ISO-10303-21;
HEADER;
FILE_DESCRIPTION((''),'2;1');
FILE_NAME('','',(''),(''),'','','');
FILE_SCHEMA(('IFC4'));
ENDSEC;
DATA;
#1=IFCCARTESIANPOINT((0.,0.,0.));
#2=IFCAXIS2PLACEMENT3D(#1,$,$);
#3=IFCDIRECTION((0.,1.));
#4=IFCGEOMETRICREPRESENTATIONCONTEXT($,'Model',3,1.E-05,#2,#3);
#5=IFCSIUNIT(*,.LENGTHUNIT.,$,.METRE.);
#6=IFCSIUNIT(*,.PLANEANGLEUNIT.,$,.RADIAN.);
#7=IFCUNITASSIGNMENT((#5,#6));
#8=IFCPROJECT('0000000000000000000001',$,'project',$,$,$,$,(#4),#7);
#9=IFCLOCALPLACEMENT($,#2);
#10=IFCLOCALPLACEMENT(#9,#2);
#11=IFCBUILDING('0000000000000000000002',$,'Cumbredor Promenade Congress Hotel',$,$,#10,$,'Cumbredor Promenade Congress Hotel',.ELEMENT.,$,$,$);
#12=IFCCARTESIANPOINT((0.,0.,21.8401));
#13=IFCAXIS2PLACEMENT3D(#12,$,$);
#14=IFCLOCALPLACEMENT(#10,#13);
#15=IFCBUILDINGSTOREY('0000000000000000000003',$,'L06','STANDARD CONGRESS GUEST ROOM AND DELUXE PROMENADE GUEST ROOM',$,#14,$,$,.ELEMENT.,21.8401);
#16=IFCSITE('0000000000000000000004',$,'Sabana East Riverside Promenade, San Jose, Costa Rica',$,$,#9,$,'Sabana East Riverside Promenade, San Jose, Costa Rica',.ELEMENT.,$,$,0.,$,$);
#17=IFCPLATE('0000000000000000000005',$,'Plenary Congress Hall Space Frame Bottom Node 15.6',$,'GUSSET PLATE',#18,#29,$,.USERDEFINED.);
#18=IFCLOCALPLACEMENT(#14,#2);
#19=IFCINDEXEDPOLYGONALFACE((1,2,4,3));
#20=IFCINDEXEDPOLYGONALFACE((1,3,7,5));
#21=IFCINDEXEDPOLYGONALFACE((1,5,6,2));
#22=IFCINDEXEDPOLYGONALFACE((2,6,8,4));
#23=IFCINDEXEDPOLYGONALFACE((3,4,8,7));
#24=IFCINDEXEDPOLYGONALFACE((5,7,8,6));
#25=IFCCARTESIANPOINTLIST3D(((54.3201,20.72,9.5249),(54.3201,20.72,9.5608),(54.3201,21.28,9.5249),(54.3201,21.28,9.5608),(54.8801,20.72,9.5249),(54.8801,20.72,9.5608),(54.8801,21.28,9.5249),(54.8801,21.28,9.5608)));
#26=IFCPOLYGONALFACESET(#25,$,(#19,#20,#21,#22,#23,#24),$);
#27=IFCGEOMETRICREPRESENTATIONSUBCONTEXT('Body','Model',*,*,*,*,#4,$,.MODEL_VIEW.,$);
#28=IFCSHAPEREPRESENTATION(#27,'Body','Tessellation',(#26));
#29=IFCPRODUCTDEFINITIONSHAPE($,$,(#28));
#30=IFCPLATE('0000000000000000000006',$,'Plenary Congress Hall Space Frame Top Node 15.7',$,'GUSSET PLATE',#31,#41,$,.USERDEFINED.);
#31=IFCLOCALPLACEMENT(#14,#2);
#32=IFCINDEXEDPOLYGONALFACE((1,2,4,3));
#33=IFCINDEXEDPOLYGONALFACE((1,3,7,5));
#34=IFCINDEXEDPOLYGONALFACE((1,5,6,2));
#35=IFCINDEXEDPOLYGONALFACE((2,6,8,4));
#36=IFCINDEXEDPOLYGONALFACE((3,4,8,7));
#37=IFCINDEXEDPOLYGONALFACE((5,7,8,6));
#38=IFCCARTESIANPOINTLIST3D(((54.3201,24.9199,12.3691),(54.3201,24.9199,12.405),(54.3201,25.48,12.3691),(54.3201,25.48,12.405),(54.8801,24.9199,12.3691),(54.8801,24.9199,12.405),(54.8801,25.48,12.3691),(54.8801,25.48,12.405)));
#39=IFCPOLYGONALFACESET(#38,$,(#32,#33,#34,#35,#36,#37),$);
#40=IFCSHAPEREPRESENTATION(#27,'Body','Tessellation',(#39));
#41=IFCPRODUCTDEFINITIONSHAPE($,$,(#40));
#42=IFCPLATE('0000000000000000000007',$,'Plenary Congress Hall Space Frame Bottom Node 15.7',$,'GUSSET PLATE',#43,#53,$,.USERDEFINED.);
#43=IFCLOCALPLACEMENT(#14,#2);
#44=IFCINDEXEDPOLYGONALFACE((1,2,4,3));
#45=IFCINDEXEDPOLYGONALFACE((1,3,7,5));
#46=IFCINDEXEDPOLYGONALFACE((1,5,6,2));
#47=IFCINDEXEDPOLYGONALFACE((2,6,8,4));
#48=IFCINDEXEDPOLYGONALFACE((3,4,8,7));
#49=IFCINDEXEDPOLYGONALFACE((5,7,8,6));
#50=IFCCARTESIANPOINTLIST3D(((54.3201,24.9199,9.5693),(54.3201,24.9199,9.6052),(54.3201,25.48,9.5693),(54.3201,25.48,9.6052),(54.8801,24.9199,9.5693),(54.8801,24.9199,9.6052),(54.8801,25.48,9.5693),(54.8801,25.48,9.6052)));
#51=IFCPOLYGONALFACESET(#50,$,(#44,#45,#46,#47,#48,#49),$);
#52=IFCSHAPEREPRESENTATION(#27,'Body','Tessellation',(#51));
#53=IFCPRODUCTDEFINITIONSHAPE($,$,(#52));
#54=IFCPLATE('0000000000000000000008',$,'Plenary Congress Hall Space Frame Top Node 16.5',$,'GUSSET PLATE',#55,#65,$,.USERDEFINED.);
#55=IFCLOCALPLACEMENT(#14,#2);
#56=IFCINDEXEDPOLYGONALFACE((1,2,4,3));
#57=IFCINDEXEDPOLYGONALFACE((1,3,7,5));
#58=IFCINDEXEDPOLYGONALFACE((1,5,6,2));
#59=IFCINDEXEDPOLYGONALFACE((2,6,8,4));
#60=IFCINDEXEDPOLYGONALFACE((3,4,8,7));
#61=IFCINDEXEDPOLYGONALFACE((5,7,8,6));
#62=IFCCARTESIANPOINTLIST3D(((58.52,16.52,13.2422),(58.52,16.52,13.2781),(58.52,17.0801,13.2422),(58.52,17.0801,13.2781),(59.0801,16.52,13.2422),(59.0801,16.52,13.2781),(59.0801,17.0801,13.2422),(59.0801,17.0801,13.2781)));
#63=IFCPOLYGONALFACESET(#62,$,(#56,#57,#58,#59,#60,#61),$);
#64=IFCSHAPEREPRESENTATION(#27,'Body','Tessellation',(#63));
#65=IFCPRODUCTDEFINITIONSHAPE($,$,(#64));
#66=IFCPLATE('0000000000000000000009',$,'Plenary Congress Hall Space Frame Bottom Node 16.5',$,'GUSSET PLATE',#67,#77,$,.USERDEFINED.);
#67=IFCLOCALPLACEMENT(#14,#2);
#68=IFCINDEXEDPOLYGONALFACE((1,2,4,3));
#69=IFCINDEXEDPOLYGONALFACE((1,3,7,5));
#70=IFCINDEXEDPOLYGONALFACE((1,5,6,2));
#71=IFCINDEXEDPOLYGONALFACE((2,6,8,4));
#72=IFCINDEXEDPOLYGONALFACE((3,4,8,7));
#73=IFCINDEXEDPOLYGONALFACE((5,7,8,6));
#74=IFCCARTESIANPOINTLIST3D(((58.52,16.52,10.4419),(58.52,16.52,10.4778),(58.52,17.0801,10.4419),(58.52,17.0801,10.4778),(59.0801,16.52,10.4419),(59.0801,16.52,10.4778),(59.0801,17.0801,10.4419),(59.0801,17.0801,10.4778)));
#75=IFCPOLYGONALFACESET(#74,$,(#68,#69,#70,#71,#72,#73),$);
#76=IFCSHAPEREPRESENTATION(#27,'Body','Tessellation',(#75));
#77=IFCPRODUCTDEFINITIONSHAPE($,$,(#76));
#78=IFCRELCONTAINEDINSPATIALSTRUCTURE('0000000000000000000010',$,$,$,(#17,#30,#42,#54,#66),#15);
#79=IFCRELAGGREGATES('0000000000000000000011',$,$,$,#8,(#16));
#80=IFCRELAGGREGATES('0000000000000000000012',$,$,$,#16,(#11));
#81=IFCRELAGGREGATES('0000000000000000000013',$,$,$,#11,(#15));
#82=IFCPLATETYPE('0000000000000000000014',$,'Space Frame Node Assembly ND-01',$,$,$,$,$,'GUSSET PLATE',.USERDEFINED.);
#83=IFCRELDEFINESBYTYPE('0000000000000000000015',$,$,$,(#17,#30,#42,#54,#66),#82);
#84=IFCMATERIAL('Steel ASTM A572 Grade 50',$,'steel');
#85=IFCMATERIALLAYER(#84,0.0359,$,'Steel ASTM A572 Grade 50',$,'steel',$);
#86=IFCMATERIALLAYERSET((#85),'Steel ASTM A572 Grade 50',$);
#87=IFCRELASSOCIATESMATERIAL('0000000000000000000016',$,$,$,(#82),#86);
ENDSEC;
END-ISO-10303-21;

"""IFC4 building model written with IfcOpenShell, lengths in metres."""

from ifc_helpers import new_model, si_unit, direction, frame, origin, origin_2d, place, context, subcontext, project, spatial, rectangle, extrude, material, layer, layer_set, type_object, element, save


model = new_model("IFC4")

# Units and contexts
model_context = context("Model", 3, precision=1e-05, world=origin(), true_north=direction((0.0, 1.0)))
body_context = subcontext(model_context, "Body", "Model", "MODEL_VIEW")
ifc_project = project(units=[si_unit("LENGTHUNIT", "METRE"), si_unit("PLANEANGLEUNIT", "RADIAN")], contexts=[model_context])

# Site, building, storey
site_placement = place(None, origin())
site = spatial("IfcSite", under=ifc_project, at=site_placement, Name="Sabana East Riverside Promenade, San Jose, Costa Rica", LongName="Sabana East Riverside Promenade, San Jose, Costa Rica", CompositionType="ELEMENT", RefElevation=0.0)
building_placement = place(site_placement, origin())
building = spatial("IfcBuilding", under=site, at=building_placement, Name="Cumbredor Promenade Congress Hotel", LongName="Cumbredor Promenade Congress Hotel", CompositionType="ELEMENT")
storey_placement = place(building_placement, frame((0.0, 0.0, 21.8401)))
storey = spatial("IfcBuildingStorey", under=building, at=storey_placement, Name="L06", Description="STANDARD CONGRESS GUEST ROOM AND DELUXE PROMENADE GUEST ROOM", CompositionType="ELEMENT", Elevation=21.8401)

# Plates
ifc_material_1 = material(Name="Steel ASTM A572 Grade 50", Category="steel")
ifc_layer = layer(ifc_material_1, 0.0359, Name="Steel ASTM A572 Grade 50", Category="steel")
ifc_layer_set = layer_set([ifc_layer], Name="Steel ASTM A572 Grade 50")
plate_type = type_object("IfcPlateType", Name="Space Frame Node Assembly ND-01", ElementType="GUSSET PLATE", PredefinedType="USERDEFINED", material=ifc_layer_set)
for number, where, z_axis, x_axis, name in (
    (1, (54.6001, 21.0, 9.5249), (0.0, 0.0, 1.0), (1.0, 0.0, 0.0), "Plenary Congress Hall Space Frame Bottom Node 15.6"),
    (2, (54.6001, 25.2, 12.3691), (0.0, 0.0, 1.0), (1.0, 0.0, 0.0), "Plenary Congress Hall Space Frame Top Node 15.7"),
    (3, (54.6001, 25.2, 9.5693), (0.0, 0.0, 1.0), (1.0, 0.0, 0.0), "Plenary Congress Hall Space Frame Bottom Node 15.7"),
    (4, (58.8, 16.8, 13.2422), (0.0, 0.0, 1.0), (1.0, 0.0, 0.0), "Plenary Congress Hall Space Frame Top Node 16.5"),
    (5, (58.8, 16.8, 10.4419), (0.0, 0.0, 1.0), (1.0, 0.0, 0.0), "Plenary Congress Hall Space Frame Bottom Node 16.5"),
):
    element("IfcPlate", number, at=place(storey_placement, frame(where, z_axis=z_axis, x_axis=x_axis)), inside=storey, type_object=plate_type, Name=name, ObjectType="GUSSET PLATE", PredefinedType="USERDEFINED", context=body_context, shape_type="SweptSolid", body=[
        extrude(rectangle(XDim=0.5601, YDim=0.5601, at=origin_2d()), origin(), (0.0, 0.0, 1.0), 0.0359),
    ])

save(model, "model.ifc")
